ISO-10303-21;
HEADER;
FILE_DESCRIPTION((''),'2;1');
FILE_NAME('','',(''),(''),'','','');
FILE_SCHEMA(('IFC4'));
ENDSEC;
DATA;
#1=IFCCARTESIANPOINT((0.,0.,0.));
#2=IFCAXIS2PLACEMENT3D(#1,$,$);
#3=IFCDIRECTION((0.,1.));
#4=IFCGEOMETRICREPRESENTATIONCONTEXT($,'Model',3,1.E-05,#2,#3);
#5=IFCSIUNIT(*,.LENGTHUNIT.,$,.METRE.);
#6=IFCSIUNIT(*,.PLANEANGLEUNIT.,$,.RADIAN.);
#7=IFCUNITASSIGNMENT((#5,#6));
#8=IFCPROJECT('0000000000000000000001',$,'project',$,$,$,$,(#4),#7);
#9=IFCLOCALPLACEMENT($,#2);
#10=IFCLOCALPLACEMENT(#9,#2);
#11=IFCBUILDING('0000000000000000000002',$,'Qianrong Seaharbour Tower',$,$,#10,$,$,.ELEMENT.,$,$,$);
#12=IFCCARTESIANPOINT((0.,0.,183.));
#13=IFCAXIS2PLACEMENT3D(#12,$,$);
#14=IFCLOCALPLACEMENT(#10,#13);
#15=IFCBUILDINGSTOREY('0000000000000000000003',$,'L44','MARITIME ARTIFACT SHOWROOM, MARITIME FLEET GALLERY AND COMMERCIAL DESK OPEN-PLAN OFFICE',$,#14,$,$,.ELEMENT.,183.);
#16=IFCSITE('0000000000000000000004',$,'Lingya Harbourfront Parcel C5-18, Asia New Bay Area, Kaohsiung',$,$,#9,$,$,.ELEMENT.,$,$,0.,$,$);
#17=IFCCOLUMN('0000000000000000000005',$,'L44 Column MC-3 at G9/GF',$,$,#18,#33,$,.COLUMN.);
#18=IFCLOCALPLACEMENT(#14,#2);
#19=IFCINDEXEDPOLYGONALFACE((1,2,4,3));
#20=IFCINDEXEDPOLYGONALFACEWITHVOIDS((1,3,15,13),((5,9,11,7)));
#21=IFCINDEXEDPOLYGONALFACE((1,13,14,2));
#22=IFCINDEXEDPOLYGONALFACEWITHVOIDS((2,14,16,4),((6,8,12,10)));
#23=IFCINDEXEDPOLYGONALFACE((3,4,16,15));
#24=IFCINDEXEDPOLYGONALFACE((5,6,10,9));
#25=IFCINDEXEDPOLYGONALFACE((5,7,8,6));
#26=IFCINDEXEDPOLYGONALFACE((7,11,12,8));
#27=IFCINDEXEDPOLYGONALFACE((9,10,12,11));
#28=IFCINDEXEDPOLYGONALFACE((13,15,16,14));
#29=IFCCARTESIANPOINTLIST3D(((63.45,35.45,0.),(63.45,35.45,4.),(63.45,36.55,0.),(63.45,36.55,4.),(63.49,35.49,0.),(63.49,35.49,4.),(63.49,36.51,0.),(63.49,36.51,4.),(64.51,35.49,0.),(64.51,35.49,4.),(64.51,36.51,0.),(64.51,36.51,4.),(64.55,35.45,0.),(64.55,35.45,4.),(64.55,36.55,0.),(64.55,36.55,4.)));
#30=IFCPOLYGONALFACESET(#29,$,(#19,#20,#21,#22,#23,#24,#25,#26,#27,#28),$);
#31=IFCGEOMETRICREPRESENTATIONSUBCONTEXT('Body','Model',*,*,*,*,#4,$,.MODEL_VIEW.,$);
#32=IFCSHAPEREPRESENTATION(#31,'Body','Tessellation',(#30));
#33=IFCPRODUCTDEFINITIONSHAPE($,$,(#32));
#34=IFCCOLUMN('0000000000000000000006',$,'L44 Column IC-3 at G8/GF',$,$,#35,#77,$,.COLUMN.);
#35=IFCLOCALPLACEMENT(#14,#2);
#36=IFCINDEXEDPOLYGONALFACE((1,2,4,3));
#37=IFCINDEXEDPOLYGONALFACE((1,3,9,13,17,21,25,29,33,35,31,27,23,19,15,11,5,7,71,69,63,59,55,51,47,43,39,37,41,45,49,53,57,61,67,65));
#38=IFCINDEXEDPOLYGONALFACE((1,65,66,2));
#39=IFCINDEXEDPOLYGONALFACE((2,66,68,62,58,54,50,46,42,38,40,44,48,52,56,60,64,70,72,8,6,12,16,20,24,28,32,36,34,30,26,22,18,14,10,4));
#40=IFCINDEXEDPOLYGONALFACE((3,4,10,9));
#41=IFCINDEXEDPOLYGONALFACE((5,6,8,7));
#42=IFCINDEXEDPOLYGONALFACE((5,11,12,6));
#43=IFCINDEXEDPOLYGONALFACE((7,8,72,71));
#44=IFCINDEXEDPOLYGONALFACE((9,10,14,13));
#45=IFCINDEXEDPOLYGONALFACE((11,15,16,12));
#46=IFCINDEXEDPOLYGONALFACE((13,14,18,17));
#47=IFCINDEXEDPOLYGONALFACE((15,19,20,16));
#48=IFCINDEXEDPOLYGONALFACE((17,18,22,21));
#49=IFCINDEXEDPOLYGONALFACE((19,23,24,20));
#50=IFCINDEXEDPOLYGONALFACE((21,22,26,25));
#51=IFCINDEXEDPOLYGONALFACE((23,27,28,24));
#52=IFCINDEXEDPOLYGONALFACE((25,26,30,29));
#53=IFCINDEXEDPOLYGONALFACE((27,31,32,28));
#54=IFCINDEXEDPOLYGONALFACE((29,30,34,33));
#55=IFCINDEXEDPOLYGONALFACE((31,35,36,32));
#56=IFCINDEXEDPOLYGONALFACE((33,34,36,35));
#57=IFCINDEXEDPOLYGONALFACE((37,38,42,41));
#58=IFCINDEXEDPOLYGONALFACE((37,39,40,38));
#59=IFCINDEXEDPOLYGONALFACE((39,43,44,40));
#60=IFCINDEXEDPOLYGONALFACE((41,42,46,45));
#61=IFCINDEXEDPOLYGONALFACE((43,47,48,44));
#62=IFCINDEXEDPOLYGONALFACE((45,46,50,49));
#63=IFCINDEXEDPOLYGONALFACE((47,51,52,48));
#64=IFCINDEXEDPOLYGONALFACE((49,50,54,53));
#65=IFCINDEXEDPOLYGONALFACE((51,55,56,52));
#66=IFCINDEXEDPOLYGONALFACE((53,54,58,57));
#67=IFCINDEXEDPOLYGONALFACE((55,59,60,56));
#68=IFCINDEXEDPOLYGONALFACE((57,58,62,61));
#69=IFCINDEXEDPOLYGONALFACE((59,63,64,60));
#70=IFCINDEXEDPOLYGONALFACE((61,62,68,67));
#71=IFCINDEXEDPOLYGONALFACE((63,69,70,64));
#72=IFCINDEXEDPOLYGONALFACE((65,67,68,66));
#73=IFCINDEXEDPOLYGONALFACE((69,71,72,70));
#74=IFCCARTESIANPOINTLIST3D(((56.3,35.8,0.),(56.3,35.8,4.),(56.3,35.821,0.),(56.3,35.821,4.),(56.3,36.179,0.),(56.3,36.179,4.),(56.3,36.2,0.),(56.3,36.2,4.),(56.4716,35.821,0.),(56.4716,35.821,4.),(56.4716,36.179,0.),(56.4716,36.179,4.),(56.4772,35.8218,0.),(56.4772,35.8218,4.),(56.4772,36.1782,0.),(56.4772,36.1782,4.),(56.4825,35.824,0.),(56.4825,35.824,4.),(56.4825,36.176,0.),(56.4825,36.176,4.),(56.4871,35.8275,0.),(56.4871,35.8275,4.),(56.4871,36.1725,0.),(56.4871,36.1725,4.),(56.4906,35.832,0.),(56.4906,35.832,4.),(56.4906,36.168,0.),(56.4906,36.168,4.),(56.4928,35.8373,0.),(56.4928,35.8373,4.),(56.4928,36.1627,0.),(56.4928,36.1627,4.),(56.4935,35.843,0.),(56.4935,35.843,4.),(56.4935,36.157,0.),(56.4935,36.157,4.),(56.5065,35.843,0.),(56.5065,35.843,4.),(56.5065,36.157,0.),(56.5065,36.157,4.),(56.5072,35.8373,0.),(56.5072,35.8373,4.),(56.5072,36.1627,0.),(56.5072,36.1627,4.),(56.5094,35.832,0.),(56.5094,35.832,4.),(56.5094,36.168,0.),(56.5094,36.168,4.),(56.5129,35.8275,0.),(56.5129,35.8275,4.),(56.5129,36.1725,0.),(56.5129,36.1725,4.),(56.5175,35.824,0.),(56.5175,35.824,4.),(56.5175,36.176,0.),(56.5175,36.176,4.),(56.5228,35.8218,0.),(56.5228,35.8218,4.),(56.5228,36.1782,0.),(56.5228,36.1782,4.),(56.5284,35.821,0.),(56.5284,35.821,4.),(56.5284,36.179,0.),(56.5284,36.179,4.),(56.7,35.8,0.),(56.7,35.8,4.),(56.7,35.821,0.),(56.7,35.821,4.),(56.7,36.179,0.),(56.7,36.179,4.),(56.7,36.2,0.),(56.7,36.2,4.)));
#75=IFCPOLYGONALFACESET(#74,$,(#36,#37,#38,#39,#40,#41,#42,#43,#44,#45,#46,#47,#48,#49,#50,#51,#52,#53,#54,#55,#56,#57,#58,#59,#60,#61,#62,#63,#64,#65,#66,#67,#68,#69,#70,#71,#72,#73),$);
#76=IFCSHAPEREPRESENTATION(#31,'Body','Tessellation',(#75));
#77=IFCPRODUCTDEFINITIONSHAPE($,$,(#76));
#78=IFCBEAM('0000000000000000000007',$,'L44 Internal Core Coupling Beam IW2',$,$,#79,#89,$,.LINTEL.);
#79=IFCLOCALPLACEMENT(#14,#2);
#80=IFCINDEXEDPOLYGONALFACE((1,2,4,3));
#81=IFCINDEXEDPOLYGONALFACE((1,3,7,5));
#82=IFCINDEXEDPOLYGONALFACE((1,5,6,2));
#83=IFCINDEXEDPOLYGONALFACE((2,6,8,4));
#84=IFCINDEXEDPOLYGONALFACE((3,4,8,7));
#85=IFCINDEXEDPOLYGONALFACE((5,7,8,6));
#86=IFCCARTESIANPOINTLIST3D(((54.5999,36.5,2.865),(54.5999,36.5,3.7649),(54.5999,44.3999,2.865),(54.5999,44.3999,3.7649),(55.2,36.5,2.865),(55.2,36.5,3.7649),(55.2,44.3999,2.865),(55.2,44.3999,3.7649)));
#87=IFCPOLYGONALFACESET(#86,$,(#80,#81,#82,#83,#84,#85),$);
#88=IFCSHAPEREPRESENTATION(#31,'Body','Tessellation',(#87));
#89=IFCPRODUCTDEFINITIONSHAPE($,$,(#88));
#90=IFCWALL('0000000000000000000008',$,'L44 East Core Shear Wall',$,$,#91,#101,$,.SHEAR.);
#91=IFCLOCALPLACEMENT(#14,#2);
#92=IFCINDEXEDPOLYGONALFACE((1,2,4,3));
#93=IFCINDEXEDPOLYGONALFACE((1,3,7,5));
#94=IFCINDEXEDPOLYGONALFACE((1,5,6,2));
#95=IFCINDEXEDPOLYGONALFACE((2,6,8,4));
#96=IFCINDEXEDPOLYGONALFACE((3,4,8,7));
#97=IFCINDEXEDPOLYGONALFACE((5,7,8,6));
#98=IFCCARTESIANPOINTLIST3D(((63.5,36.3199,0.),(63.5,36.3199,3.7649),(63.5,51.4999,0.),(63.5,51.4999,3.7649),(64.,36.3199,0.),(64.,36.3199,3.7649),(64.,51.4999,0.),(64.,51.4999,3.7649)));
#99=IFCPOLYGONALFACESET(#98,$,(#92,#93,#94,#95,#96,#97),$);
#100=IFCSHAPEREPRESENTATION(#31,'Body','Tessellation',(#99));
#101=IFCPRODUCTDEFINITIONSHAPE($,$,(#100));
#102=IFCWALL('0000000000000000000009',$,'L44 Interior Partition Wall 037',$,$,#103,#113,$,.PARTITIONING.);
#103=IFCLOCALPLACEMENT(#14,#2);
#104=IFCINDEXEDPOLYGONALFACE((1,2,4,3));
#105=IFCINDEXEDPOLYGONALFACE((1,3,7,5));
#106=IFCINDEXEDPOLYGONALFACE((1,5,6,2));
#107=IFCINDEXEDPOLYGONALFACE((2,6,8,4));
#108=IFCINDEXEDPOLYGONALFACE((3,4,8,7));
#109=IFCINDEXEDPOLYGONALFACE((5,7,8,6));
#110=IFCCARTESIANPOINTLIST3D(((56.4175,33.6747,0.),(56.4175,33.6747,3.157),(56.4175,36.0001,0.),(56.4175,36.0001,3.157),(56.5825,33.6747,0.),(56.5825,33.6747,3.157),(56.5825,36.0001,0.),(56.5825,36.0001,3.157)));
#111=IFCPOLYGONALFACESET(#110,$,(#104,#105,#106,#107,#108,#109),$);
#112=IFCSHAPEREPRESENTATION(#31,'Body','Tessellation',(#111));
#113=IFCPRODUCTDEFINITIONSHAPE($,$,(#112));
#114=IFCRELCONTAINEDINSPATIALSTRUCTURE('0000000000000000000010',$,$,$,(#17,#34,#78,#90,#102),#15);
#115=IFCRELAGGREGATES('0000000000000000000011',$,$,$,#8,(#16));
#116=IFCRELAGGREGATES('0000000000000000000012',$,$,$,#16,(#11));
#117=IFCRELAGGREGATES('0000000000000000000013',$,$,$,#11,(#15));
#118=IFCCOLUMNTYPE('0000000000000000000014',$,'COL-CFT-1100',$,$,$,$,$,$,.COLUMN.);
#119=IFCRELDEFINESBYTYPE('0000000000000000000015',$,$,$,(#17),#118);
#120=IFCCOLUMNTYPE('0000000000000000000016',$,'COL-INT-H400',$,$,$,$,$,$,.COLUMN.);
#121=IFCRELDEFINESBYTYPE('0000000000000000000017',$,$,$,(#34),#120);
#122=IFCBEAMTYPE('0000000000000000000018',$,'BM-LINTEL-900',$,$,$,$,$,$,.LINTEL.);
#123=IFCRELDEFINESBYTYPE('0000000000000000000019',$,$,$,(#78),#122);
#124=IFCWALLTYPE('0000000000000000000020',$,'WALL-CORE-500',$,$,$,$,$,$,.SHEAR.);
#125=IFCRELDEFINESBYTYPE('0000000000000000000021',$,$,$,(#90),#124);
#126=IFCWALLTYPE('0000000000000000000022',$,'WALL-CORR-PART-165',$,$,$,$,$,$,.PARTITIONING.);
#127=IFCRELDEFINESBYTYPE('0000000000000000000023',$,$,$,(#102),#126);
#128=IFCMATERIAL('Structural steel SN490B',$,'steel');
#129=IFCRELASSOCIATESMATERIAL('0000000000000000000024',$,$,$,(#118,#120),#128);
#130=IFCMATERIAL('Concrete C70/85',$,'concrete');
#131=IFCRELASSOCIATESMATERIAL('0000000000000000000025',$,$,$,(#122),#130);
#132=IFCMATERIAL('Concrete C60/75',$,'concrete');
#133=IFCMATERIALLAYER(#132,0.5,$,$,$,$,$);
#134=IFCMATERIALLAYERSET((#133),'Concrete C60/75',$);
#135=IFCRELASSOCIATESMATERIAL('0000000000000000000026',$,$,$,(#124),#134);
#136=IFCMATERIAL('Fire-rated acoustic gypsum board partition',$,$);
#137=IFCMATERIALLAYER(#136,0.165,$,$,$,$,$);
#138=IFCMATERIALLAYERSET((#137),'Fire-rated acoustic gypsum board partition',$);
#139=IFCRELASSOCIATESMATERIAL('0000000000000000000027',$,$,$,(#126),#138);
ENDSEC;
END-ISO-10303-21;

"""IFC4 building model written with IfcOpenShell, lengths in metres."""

from ifc_helpers import new_model, si_unit, direction, frame, frame_2d, origin, origin_2d, place, context, subcontext, project, spatial, rectangle, hollow_rectangle, i_section, extrude, material, layer, layer_set, material_profile, profile_set, type_object, element, save


model = new_model("IFC4")

# Units and contexts
model_context = context("Model", 3, precision=1e-05, world=origin(), true_north=direction((0.0, 1.0)))
body_context = subcontext(model_context, "Body", "Model", "MODEL_VIEW")
ifc_project = project(units=[si_unit("LENGTHUNIT", "METRE"), si_unit("PLANEANGLEUNIT", "RADIAN")], contexts=[model_context])

# Site, building, storey
site_placement = place(None, origin())
site = spatial("IfcSite", under=ifc_project, at=site_placement, Name="Lingya Harbourfront Parcel C5-18, Asia New Bay Area, Kaohsiung", CompositionType="ELEMENT", RefElevation=0.0)
building_placement = place(site_placement, origin())
building = spatial("IfcBuilding", under=site, at=building_placement, Name="Qianrong Seaharbour Tower", CompositionType="ELEMENT")
storey_placement = place(building_placement, frame((0.0, 0.0, 183.0)))
storey = spatial("IfcBuildingStorey", under=building, at=storey_placement, Name="L44", Description="MARITIME ARTIFACT SHOWROOM, MARITIME FLEET GALLERY AND COMMERCIAL DESK OPEN-PLAN OFFICE", CompositionType="ELEMENT", Elevation=183.0)

# Columns
ifc_material_1 = material(Name="Structural steel SN490B", Category="steel")
ifc_material_profile_1 = material_profile(ifc_material_1, hollow_rectangle(XDim=1.1001, YDim=1.1001, WallThickness=0.04, at=origin_2d()), Name="BOX1100x1100x40")
ifc_profile_set_1 = profile_set([ifc_material_profile_1], Name="Structural steel SN490B")
column_type_1 = type_object("IfcColumnType", Name="COL-CFT-1100", PredefinedType="COLUMN", material=ifc_profile_set_1)
column_1_placement = place(storey_placement, frame((64.0, 36.0, 0.0), z_axis=(0.0, 0.0, 1.0), x_axis=(1.0, 0.0, 0.0)))
element("IfcColumn", 1, at=column_1_placement, inside=storey, type_object=column_type_1, Name="L44 Column MC-3 at G9/GF", PredefinedType="COLUMN", context=body_context, shape_type="SweptSolid", body=[
    extrude(hollow_rectangle(XDim=1.1001, YDim=1.1001, WallThickness=0.04, at=origin_2d()), origin(), (0.0, 0.0, 1.0), 4.0),
])
ifc_material_profile_2 = material_profile(ifc_material_1, i_section(OverallWidth=0.3999, OverallDepth=0.3999, WebThickness=0.0129, FlangeThickness=0.021, FilletRadius=0.022, at=origin_2d()), Name="H400x400x13x21")
ifc_profile_set_2 = profile_set([ifc_material_profile_2], Name="Structural steel SN490B")
column_type_2 = type_object("IfcColumnType", Name="COL-INT-H400", PredefinedType="COLUMN", material=ifc_profile_set_2)
column_2_placement = place(storey_placement, frame((56.5, 36.0, 0.0), z_axis=(0.0, 0.0, 1.0), x_axis=(1.0, 0.0, 0.0)))
element("IfcColumn", 2, at=column_2_placement, inside=storey, type_object=column_type_2, Name="L44 Column IC-3 at G8/GF", PredefinedType="COLUMN", context=body_context, shape_type="SweptSolid", body=[
    extrude(i_section(OverallWidth=0.3999, OverallDepth=0.3999, WebThickness=0.0129, FlangeThickness=0.021, FilletRadius=0.022, at=origin_2d()), origin(), (0.0, 0.0, 1.0), 4.0),
])

# Beam
ifc_material_2 = material(Name="Concrete C70/85", Category="concrete")
ifc_material_profile_3 = material_profile(ifc_material_2, rectangle(XDim=0.6001, YDim=0.8999, at=origin_2d()), Name="RC600x900")
ifc_profile_set_3 = profile_set([ifc_material_profile_3], Name="Concrete C70/85")
beam_type = type_object("IfcBeamType", Name="BM-LINTEL-900", PredefinedType="LINTEL", material=ifc_profile_set_3)
beam_placement = place(storey_placement, frame((54.8999, 36.5, 3.3149), z_axis=(0.0, 1.0, 0.0), x_axis=(-1.0, 0.0, 0.0)))
element("IfcBeam", 3, at=beam_placement, inside=storey, type_object=beam_type, Name="L44 Internal Core Coupling Beam IW2", PredefinedType="LINTEL", context=body_context, shape_type="SweptSolid", body=[
    extrude(rectangle(XDim=0.6001, YDim=0.8999, at=origin_2d()), origin(), (0.0, 0.0, 1.0), 7.8999),
])

# Walls
ifc_material_3 = material(Name="Concrete C60/75", Category="concrete")
ifc_layer_1 = layer(ifc_material_3, 0.5)
ifc_layer_set_1 = layer_set([ifc_layer_1], Name="Concrete C60/75")
wall_type_1 = type_object("IfcWallType", Name="WALL-CORE-500", PredefinedType="SHEAR", material=ifc_layer_set_1)
wall_1_placement = place(storey_placement, frame((63.75, 36.3201, 0.0), z_axis=(0.0, 0.0, 1.0), x_axis=(0.0, 1.0, 0.0)))
element("IfcWall", 4, at=wall_1_placement, inside=storey, type_object=wall_type_1, Name="L44 East Core Shear Wall", PredefinedType="SHEAR", context=body_context, shape_type="SweptSolid", body=[
    extrude(rectangle(XDim=15.1799, YDim=0.5, at=frame_2d((7.5898, 0.0))), origin(), (0.0, 0.0, 1.0), 3.7649),
])
ifc_material_4 = material(Name="Fire-rated acoustic gypsum board partition")
ifc_layer_2 = layer(ifc_material_4, 0.165)
ifc_layer_set_2 = layer_set([ifc_layer_2], Name="Fire-rated acoustic gypsum board partition")
wall_type_2 = type_object("IfcWallType", Name="WALL-CORR-PART-165", PredefinedType="PARTITIONING", material=ifc_layer_set_2)
wall_2_placement = place(storey_placement, frame((56.5, 36.0, 0.0), z_axis=(0.0, 0.0, 1.0), x_axis=(0.0, -1.0, 0.0)))
element("IfcWall", 5, at=wall_2_placement, inside=storey, type_object=wall_type_2, Name="L44 Interior Partition Wall 037", PredefinedType="PARTITIONING", context=body_context, shape_type="SweptSolid", body=[
    extrude(rectangle(XDim=2.3254, YDim=0.165, at=frame_2d((1.1626, 0.0))), origin(), (0.0, 0.0, 1.0), 3.157),
])

save(model, "model.ifc")
